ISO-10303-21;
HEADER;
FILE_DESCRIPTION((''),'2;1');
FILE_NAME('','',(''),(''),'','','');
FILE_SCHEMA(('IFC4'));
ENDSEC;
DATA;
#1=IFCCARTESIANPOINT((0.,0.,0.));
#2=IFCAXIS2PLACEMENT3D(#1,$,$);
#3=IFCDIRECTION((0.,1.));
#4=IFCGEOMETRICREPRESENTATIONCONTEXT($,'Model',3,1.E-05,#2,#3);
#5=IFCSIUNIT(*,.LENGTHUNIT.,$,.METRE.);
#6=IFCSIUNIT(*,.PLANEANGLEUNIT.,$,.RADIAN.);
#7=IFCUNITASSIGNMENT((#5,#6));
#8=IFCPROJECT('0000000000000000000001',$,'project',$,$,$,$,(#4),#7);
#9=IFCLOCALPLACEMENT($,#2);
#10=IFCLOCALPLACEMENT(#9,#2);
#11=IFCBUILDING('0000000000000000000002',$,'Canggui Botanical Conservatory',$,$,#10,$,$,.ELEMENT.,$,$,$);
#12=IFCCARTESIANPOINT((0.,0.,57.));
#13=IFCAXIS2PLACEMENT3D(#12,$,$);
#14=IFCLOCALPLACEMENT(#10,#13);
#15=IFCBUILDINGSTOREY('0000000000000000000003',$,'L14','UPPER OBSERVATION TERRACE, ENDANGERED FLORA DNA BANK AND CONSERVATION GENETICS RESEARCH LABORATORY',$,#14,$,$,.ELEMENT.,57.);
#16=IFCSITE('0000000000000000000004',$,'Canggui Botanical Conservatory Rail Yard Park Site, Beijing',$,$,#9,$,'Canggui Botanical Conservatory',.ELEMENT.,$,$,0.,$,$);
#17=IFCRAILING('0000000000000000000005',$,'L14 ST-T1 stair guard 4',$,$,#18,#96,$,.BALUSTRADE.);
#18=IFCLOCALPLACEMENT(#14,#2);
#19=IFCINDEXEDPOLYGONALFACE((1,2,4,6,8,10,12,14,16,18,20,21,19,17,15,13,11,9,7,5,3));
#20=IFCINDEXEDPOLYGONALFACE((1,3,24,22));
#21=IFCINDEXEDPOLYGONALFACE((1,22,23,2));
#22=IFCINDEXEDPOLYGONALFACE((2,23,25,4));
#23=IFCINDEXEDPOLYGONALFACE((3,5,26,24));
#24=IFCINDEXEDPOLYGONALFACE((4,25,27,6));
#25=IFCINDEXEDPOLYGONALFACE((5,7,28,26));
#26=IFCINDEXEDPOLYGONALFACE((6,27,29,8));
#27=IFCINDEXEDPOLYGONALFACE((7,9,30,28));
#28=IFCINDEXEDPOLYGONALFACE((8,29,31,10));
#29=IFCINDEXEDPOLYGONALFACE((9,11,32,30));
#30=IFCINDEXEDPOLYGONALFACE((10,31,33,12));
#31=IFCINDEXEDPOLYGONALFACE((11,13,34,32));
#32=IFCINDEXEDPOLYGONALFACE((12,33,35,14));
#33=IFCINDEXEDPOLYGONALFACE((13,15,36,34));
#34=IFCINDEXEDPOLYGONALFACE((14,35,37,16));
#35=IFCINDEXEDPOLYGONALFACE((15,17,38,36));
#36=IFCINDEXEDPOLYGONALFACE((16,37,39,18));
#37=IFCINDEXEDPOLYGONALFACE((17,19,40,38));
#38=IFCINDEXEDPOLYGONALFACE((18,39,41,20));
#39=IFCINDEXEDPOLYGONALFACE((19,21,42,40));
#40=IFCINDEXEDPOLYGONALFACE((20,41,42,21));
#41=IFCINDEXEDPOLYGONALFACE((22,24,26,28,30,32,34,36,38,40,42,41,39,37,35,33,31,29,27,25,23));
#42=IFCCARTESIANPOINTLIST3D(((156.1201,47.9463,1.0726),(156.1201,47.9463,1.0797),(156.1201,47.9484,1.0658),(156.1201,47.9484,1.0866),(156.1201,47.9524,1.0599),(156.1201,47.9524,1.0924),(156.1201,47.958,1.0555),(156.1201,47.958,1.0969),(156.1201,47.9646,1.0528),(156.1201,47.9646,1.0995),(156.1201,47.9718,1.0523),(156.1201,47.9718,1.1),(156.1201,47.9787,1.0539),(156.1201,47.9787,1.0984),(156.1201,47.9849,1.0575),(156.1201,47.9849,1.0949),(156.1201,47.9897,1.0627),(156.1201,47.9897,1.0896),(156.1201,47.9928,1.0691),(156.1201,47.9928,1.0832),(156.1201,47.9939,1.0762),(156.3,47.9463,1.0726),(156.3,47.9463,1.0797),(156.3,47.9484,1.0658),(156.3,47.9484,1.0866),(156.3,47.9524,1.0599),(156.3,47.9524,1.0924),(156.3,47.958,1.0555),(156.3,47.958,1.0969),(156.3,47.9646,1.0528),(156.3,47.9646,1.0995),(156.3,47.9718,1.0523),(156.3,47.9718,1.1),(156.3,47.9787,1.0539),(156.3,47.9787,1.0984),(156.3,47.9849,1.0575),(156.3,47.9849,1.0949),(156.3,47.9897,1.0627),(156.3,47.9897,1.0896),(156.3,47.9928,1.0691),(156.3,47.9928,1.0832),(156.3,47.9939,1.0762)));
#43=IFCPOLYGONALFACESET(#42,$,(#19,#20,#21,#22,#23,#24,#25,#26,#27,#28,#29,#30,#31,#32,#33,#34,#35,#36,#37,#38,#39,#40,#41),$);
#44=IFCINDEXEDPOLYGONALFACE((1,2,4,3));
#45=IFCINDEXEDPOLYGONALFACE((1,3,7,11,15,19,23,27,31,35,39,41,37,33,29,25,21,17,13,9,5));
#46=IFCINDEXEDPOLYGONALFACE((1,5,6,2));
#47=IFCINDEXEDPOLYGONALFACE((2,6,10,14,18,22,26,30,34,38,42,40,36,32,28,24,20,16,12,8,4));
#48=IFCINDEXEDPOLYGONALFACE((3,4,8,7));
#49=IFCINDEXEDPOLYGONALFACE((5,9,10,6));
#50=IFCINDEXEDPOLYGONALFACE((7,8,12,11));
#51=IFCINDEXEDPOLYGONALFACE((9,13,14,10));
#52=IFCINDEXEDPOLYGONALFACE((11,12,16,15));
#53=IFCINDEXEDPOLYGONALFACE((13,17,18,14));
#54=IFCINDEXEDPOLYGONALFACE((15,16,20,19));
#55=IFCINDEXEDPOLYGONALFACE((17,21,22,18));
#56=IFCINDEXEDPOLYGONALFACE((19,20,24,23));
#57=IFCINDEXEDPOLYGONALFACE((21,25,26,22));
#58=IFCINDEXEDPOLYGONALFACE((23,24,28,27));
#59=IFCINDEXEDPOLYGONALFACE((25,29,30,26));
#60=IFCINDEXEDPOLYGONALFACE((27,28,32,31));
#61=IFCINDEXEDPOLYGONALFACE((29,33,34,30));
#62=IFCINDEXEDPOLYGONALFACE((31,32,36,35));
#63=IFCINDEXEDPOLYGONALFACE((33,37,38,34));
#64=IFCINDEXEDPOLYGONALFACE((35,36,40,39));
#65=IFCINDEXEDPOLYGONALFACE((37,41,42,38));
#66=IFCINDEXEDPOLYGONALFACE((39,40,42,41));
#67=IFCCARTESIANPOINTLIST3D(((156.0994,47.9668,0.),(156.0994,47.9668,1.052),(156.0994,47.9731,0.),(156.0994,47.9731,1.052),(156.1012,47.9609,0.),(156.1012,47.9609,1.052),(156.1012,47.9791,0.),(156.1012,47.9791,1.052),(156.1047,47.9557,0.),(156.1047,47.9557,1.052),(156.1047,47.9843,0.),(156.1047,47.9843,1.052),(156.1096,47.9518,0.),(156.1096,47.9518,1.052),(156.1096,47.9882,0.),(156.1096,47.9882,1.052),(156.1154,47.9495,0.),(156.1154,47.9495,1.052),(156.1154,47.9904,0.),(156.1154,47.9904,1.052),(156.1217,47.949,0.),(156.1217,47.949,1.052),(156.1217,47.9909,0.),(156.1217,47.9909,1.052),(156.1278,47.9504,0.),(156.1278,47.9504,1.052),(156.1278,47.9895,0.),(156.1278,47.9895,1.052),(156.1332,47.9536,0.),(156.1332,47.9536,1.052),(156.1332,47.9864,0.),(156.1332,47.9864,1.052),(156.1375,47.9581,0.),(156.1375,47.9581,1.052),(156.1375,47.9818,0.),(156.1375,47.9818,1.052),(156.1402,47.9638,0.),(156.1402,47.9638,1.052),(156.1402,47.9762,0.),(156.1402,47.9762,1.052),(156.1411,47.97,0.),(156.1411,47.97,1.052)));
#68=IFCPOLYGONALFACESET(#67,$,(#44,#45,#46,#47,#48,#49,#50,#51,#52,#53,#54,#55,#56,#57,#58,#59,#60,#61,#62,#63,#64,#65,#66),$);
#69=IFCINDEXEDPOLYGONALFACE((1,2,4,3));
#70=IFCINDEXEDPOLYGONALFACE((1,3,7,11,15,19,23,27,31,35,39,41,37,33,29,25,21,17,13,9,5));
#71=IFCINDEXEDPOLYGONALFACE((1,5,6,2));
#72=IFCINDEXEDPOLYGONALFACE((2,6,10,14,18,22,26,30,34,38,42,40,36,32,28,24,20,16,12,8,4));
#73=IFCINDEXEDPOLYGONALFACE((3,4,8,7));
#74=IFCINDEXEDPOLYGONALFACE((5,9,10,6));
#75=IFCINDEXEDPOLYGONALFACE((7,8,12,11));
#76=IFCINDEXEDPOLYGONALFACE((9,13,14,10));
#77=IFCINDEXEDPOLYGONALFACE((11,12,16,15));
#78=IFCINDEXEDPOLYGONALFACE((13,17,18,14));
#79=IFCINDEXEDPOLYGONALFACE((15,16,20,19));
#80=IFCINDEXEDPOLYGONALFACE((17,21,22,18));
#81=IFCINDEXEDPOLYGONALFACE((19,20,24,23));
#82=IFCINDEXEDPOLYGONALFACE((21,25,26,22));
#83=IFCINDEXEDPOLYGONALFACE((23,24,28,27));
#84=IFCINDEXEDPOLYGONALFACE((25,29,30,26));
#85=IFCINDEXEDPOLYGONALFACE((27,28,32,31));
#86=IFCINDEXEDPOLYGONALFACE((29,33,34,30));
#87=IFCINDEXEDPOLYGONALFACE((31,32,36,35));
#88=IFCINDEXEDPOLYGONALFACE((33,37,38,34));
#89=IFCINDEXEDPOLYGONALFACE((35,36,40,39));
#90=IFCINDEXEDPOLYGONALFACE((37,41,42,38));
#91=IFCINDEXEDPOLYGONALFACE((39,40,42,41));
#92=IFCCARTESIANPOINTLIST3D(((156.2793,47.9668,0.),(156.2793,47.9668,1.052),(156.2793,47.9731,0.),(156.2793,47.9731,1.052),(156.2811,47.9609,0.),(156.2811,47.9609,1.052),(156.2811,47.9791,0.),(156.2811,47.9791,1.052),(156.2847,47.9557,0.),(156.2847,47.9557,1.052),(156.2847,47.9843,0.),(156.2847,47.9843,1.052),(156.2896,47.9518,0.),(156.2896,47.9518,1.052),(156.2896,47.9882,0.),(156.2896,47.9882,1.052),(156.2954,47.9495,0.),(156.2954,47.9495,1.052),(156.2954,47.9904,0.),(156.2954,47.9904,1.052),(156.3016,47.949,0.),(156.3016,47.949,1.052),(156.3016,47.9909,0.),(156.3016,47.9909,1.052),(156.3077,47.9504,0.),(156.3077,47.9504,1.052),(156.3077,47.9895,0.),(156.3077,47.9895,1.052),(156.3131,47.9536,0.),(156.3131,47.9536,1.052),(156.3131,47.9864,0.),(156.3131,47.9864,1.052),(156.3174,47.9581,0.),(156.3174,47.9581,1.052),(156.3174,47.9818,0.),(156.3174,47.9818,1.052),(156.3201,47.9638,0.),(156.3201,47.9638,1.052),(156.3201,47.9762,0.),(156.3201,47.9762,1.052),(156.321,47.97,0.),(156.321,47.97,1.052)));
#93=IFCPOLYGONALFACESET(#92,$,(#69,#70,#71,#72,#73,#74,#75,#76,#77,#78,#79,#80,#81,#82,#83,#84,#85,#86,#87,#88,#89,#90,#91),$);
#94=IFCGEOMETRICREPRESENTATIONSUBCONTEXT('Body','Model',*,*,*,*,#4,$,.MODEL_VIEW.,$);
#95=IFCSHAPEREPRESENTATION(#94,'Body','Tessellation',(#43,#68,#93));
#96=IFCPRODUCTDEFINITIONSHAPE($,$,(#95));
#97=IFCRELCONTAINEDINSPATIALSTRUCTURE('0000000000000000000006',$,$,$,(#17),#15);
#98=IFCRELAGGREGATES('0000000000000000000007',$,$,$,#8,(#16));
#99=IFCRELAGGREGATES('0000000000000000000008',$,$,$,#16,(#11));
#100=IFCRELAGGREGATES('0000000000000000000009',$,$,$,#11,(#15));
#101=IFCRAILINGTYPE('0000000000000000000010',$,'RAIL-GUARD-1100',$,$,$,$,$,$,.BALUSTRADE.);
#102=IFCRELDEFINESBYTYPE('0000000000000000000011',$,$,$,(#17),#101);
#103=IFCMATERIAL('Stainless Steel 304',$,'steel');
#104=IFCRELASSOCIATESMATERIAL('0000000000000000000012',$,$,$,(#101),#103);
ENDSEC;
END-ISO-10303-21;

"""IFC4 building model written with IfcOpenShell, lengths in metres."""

from ifc_helpers import new_model, si_unit, direction, frame, origin, origin_2d, place, context, subcontext, project, spatial, circle, extrude, material, type_object, element, save


model = new_model("IFC4")

# Units and contexts
model_context = context("Model", 3, precision=1e-05, world=origin(), true_north=direction((0.0, 1.0)))
body_context = subcontext(model_context, "Body", "Model", "MODEL_VIEW")
ifc_project = project(units=[si_unit("LENGTHUNIT", "METRE"), si_unit("PLANEANGLEUNIT", "RADIAN")], contexts=[model_context])

# Site, building, storey
site_placement = place(None, origin())
site = spatial("IfcSite", under=ifc_project, at=site_placement, Name="Canggui Botanical Conservatory Rail Yard Park Site, Beijing", LongName="Canggui Botanical Conservatory", CompositionType="ELEMENT", RefElevation=0.0)
building_placement = place(site_placement, origin())
building = spatial("IfcBuilding", under=site, at=building_placement, Name="Canggui Botanical Conservatory", CompositionType="ELEMENT")
storey_placement = place(building_placement, frame((0.0, 0.0, 57.0)))
storey = spatial("IfcBuildingStorey", under=building, at=storey_placement, Name="L14", Description="UPPER OBSERVATION TERRACE, ENDANGERED FLORA DNA BANK AND CONSERVATION GENETICS RESEARCH LABORATORY", CompositionType="ELEMENT", Elevation=57.0)

# Shared definitions
ifc_material_1 = material(Name="Stainless Steel 304", Category="steel")

# Railing
railing_type_1 = type_object("IfcRailingType", Name="RAIL-GUARD-1100", PredefinedType="BALUSTRADE", material=ifc_material_1)
railing_1_placement = place(storey_placement, frame((156.1201, 47.97, 0.0)))
element("IfcRailing", 1, at=railing_1_placement, inside=storey, type_object=railing_type_1, Name="L14 ST-T1 stair guard 4", PredefinedType="BALUSTRADE", context=body_context, shape_type="SweptSolid", body=[
    extrude(circle(Radius=0.0239, at=origin_2d()), frame((0.0, 0.0, 1.0762), z_axis=(1.0, 0.0, 0.0), x_axis=(0.0, 1.0, 0.0)), (0.0, 0.0, 1.0), 0.1799),
    extrude(circle(Radius=0.021, at=origin_2d()), origin(), (0.0, 0.0, 1.0), 1.052),
    extrude(circle(Radius=0.021, at=origin_2d()), frame((0.1799, 0.0, 0.0)), (0.0, 0.0, 1.0), 1.052),
])

save(model, "model.ifc")
